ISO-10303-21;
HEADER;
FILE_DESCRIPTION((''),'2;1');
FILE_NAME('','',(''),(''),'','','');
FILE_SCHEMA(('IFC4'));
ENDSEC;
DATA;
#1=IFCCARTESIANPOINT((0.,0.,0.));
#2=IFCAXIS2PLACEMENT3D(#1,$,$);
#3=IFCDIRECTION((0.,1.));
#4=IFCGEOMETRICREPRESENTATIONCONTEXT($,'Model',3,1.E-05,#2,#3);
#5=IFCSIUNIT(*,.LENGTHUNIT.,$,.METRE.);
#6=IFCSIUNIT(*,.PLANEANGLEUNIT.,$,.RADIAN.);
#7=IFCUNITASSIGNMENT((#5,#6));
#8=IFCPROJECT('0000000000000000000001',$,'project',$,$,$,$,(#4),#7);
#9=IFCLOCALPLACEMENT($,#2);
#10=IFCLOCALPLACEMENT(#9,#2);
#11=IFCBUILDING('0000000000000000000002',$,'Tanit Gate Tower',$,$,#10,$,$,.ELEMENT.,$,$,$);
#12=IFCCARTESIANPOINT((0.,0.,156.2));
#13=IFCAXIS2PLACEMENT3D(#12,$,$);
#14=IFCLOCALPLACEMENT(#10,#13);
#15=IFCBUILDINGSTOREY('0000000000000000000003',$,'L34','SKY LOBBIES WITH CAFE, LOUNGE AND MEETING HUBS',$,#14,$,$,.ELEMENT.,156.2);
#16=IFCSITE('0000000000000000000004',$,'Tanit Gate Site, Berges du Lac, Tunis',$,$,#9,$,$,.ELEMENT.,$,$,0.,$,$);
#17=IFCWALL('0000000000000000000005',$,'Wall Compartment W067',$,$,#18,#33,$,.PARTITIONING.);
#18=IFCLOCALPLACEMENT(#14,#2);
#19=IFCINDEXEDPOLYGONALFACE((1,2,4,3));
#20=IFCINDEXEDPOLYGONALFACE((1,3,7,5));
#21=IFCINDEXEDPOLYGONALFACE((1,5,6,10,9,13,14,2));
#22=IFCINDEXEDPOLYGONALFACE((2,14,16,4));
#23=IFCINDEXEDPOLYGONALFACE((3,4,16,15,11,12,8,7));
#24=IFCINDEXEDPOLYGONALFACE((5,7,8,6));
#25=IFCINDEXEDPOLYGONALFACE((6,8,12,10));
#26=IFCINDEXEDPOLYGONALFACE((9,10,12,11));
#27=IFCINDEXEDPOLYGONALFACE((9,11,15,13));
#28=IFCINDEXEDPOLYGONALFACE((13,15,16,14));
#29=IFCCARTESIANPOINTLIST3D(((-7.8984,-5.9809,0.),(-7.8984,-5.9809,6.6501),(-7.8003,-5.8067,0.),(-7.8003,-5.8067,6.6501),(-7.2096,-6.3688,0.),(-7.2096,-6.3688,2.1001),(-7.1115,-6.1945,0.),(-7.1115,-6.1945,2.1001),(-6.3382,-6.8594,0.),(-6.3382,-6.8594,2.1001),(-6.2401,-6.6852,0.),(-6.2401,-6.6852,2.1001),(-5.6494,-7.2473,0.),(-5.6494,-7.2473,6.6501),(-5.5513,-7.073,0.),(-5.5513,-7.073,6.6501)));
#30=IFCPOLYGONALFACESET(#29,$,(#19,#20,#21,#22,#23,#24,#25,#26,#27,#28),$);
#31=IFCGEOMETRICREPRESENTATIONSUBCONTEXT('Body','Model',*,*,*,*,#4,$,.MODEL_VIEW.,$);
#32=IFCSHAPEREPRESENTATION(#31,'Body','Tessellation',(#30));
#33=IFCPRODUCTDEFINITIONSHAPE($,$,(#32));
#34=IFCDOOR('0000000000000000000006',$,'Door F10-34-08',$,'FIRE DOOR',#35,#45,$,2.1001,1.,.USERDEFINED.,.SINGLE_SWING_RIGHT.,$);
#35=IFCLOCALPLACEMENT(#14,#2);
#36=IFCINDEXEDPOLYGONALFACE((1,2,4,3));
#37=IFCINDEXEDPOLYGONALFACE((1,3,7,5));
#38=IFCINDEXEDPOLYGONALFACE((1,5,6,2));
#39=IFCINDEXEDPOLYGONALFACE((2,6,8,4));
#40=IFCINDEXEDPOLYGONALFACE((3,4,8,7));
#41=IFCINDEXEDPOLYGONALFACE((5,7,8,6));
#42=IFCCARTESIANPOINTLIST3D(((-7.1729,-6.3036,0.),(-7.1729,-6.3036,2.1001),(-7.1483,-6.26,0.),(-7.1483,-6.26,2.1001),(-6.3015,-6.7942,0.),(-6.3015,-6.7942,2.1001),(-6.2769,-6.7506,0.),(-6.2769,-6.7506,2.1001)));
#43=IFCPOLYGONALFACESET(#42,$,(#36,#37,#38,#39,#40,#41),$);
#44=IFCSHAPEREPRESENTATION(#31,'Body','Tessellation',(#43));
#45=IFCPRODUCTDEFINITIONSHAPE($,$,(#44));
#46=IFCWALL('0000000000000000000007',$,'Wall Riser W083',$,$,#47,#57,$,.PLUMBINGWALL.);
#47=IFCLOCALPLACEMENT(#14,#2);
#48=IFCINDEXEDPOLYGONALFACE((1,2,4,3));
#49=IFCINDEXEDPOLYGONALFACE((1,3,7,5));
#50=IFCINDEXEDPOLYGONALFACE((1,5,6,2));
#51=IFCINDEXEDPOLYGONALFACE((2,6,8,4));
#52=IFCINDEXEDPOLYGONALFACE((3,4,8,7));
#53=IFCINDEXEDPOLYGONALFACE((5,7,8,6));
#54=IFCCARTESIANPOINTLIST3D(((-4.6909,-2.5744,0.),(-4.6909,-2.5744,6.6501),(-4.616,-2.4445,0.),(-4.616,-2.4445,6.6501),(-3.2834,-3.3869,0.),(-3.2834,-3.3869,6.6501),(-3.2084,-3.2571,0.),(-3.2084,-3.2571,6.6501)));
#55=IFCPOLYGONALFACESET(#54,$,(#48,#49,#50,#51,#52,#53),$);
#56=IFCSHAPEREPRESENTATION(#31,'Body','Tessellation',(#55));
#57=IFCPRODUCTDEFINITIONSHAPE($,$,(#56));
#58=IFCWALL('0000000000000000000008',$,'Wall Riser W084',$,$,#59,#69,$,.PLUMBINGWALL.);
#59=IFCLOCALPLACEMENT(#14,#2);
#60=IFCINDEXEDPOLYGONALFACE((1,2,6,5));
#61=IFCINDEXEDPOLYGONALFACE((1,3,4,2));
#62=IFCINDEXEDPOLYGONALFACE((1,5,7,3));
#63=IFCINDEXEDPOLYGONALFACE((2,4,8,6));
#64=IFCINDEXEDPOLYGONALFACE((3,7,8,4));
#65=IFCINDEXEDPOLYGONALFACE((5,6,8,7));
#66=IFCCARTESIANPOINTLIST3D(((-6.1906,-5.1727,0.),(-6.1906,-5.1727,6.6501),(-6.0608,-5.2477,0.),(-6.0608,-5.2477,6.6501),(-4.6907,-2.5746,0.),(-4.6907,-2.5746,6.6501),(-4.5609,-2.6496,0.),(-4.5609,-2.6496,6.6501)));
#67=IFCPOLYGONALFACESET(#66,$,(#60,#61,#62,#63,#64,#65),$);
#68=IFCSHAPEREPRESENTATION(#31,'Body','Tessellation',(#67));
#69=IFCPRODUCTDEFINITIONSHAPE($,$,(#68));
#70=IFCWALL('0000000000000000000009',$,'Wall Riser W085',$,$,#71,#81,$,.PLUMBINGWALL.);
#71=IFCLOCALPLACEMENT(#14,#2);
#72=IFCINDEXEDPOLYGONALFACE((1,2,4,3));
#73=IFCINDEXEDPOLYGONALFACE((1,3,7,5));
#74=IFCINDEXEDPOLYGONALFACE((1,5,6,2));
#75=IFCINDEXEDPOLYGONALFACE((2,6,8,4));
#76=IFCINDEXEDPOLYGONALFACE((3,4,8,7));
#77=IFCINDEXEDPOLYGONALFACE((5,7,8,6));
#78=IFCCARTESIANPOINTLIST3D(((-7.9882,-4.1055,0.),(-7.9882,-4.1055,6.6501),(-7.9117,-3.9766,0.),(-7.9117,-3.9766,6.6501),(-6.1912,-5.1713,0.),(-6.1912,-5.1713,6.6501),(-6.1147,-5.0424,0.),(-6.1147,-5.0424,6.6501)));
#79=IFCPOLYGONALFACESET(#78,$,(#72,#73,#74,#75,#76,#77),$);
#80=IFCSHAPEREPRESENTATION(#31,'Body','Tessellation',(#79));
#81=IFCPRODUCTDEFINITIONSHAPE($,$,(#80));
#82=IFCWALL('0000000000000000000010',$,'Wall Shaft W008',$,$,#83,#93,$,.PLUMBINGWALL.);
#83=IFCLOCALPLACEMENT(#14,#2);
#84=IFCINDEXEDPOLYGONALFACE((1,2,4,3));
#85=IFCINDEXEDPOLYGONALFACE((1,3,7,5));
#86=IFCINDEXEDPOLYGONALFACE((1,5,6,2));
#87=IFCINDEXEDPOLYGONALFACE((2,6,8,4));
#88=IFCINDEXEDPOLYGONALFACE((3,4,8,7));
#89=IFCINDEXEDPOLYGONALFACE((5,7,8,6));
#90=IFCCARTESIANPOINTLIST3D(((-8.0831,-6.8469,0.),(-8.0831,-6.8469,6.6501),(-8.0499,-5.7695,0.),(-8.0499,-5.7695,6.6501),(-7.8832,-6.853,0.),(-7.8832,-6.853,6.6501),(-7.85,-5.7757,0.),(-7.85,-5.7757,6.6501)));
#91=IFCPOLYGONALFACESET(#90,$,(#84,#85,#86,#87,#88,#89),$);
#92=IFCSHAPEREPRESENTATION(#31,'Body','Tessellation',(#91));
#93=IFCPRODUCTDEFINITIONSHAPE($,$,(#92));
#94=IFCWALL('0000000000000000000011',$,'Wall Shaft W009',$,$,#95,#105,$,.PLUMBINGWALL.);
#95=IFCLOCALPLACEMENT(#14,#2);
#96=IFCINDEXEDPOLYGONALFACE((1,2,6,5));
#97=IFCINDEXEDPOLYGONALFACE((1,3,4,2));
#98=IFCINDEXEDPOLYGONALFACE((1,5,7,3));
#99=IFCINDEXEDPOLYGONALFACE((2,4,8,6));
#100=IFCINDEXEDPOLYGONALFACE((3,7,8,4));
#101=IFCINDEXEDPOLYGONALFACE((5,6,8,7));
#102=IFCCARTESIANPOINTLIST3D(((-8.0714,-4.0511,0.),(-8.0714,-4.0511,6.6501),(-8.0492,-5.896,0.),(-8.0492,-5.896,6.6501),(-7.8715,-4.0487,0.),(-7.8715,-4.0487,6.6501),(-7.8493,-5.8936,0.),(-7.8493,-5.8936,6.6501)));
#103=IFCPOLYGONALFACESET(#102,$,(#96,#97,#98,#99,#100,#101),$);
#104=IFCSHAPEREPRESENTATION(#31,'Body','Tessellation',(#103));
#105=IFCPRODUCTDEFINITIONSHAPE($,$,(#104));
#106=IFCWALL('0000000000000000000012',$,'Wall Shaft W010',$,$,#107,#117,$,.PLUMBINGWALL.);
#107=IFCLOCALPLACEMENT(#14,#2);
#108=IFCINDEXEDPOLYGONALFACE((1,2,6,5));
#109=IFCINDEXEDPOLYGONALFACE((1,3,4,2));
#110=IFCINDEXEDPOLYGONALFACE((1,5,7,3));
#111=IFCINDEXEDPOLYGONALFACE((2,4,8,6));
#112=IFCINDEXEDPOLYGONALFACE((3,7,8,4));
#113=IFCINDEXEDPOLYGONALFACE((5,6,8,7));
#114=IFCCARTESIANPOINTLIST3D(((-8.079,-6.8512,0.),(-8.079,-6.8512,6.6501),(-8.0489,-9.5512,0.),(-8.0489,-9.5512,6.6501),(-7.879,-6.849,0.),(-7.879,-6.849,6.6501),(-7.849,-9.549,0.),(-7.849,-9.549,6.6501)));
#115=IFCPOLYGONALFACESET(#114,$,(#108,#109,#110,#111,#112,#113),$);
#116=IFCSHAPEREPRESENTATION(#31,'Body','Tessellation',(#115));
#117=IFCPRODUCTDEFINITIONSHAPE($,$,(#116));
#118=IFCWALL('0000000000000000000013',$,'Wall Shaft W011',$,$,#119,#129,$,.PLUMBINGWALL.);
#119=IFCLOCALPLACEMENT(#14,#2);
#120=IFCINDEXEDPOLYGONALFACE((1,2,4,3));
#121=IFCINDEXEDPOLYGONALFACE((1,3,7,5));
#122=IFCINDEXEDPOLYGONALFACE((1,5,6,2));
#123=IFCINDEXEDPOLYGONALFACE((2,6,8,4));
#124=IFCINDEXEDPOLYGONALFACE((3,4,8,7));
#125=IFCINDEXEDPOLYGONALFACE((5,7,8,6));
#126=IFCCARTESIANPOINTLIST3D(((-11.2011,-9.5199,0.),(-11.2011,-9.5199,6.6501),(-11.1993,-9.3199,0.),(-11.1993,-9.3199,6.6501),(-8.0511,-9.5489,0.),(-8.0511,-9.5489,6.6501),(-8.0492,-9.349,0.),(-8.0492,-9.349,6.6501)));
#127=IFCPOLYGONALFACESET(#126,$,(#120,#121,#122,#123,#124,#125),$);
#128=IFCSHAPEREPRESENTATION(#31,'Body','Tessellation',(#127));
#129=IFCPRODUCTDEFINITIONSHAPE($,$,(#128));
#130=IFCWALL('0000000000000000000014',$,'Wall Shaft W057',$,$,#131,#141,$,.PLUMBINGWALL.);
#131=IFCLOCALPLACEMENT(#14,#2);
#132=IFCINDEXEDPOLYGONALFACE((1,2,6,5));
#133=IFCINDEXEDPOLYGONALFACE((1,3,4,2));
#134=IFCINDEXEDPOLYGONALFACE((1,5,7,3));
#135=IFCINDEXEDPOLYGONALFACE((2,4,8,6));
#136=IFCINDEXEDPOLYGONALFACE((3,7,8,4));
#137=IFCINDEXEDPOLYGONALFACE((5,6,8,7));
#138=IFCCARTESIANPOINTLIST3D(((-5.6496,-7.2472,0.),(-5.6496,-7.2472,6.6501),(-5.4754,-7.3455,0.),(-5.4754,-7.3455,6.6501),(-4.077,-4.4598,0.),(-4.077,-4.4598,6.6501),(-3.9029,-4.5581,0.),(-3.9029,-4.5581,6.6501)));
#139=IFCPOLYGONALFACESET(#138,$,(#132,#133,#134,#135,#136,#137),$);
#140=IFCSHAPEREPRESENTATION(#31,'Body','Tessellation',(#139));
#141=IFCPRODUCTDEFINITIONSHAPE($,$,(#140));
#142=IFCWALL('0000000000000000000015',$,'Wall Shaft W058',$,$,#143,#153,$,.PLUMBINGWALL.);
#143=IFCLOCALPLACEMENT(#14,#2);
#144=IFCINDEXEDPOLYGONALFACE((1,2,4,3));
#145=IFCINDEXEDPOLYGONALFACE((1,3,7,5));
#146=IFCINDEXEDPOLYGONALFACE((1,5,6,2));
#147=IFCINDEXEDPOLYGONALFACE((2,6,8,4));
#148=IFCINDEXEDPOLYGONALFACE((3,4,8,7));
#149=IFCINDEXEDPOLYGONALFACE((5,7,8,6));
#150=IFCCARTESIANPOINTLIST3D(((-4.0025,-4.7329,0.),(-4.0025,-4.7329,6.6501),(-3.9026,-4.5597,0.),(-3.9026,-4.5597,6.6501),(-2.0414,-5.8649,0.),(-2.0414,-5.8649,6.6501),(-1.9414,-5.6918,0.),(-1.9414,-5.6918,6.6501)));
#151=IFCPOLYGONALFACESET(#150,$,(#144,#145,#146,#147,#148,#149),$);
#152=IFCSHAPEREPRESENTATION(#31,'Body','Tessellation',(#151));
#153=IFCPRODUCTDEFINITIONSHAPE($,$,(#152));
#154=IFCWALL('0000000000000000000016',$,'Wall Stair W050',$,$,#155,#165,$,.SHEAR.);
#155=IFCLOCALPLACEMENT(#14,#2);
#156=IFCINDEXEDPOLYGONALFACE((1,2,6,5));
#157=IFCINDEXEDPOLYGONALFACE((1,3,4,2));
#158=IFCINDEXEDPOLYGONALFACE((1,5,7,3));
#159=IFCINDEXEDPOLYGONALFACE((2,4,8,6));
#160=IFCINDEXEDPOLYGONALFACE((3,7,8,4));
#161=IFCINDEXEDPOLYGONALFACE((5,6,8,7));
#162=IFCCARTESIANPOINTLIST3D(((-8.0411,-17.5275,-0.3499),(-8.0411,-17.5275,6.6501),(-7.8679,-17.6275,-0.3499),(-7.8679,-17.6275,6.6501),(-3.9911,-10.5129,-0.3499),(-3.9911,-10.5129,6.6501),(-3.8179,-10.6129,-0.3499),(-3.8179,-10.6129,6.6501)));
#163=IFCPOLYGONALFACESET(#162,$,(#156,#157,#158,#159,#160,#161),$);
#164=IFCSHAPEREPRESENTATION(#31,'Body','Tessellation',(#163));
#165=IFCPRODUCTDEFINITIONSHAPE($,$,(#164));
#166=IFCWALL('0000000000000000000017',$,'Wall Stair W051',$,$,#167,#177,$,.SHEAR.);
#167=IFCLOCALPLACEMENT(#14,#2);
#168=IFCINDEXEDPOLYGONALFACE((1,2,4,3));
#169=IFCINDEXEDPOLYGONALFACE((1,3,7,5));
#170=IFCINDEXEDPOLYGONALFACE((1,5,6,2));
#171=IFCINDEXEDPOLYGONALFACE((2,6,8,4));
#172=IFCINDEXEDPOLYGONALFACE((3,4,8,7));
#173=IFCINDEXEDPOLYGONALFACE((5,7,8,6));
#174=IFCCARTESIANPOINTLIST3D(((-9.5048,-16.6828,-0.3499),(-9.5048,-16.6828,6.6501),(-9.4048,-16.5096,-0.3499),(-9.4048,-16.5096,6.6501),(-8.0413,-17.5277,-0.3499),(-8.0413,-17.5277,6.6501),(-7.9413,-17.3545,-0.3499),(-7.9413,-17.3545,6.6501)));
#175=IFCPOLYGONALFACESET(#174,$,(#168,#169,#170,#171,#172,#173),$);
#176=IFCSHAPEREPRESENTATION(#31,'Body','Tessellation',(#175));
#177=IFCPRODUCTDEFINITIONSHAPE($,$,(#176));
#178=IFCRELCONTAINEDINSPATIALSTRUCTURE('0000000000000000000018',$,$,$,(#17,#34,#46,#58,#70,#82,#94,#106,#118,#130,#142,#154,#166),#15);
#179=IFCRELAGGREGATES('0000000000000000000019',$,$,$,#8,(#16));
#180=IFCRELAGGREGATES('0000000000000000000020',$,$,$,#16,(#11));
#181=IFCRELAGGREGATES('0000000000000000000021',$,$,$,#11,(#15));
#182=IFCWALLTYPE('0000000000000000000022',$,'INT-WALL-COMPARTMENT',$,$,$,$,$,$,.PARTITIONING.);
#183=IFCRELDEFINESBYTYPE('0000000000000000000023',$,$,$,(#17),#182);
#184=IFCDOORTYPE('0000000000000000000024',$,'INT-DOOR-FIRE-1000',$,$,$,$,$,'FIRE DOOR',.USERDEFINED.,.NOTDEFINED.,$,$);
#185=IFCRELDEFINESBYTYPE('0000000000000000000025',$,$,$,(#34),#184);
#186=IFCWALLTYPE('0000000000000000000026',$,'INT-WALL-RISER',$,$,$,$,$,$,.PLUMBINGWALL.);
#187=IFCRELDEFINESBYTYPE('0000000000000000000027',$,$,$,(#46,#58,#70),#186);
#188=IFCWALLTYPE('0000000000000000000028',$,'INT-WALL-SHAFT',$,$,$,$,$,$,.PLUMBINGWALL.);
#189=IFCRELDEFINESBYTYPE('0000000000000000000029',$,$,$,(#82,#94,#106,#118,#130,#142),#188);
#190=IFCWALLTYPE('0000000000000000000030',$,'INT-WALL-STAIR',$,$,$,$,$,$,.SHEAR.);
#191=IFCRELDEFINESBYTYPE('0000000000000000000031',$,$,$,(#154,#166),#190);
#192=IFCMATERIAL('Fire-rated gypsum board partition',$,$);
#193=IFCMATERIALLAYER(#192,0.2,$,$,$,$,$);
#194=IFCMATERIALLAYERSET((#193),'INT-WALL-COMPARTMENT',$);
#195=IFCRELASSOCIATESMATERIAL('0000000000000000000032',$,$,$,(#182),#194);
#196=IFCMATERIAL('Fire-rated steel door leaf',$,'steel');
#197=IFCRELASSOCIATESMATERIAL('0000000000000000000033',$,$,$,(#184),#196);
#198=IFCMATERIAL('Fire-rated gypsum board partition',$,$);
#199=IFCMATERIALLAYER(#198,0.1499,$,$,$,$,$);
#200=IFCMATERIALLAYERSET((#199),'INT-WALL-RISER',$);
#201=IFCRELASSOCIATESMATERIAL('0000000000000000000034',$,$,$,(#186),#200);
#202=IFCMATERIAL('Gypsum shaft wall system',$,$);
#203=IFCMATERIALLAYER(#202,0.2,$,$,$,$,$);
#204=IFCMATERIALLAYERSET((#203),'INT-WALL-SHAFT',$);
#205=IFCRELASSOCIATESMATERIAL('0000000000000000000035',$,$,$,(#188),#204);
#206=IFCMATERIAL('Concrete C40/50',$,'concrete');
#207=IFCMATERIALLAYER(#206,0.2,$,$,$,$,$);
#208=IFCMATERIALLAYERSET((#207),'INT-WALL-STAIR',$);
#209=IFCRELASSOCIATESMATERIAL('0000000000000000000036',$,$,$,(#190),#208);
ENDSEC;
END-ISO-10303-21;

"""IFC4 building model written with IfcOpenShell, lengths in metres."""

from ifc_helpers import new_model, si_unit, direction, frame, frame_2d, origin, place, context, subcontext, project, spatial, rectangle, extrude, material, layer, layer_set, type_object, element, fill, save


model = new_model("IFC4")

# Units and contexts
model_context = context("Model", 3, precision=1e-05, world=origin(), true_north=direction((0.0, 1.0)))
body_context = subcontext(model_context, "Body", "Model", "MODEL_VIEW")
ifc_project = project(units=[si_unit("LENGTHUNIT", "METRE"), si_unit("PLANEANGLEUNIT", "RADIAN")], contexts=[model_context])

# Site, building, storey
site_placement = place(None, origin())
site = spatial("IfcSite", under=ifc_project, at=site_placement, Name="Tanit Gate Site, Berges du Lac, Tunis", CompositionType="ELEMENT", RefElevation=0.0)
building_placement = place(site_placement, origin())
building = spatial("IfcBuilding", under=site, at=building_placement, Name="Tanit Gate Tower", CompositionType="ELEMENT")
storey_placement = place(building_placement, frame((0.0, 0.0, 156.2)))
storey = spatial("IfcBuildingStorey", under=building, at=storey_placement, Name="L34", Description="SKY LOBBIES WITH CAFE, LOUNGE AND MEETING HUBS", CompositionType="ELEMENT", Elevation=156.2)

# Wall, opening, door
ifc_material_1 = material(Name="Fire-rated gypsum board partition")
ifc_layer_1 = layer(ifc_material_1, 0.2)
ifc_layer_set_1 = layer_set([ifc_layer_1], Name="INT-WALL-COMPARTMENT")
wall_type_1 = type_object("IfcWallType", Name="INT-WALL-COMPARTMENT", PredefinedType="PARTITIONING", material=ifc_layer_set_1)
wall_1_placement = place(storey_placement, frame((-7.8494, -5.8938, 0.0), z_axis=(0.0, 0.0, 1.0), x_axis=(0.871363, -0.490638, 0.0)))
wall_1 = element("IfcWall", 1, at=wall_1_placement, inside=storey, type_object=wall_type_1, Name="Wall Compartment W067", PredefinedType="PARTITIONING", context=body_context, shape_type="SweptSolid", body=[
    extrude(rectangle(XDim=2.5811, YDim=0.2, at=frame_2d((1.2905, 0.0))), origin(), (0.0, 0.0, 1.0), 6.6501),
])
opening_1_placement = place(wall_1_placement, frame((0.7905, 0.0, 0.0)))
opening_1 = element("IfcOpeningElement", 2, at=opening_1_placement, cuts=wall_1, PredefinedType="OPENING", context=body_context, shape_type="SweptSolid", body=[
    extrude(rectangle(XDim=1.0, YDim=2.1001, at=frame_2d((0.5, 1.05))), frame((0.0, 0.1099, 0.0), z_axis=(0.0, -1.0, 0.0), x_axis=(1.0, 0.0, 0.0)), (0.0, 0.0, 1.0), 0.22),
])
ifc_material_2 = material(Name="Fire-rated steel door leaf", Category="steel")
door_type_1 = type_object("IfcDoorType", Name="INT-DOOR-FIRE-1000", ElementType="FIRE DOOR", OperationType="NOTDEFINED", PredefinedType="USERDEFINED", material=ifc_material_2)
door_1_placement = place(opening_1_placement, origin())
door_1 = element("IfcDoor", 3, at=door_1_placement, inside=storey, type_object=door_type_1, Name="Door F10-34-08", ObjectType="FIRE DOOR", OperationType="SINGLE_SWING_RIGHT", OverallHeight=2.1001, OverallWidth=1.0, PredefinedType="USERDEFINED", context=body_context, shape_type="SweptSolid", body=[
    extrude(rectangle(XDim=1.0, YDim=2.1001, at=frame_2d((0.5, 1.05))), frame((0.0, 0.0249, 0.0), z_axis=(0.0, -1.0, 0.0), x_axis=(1.0, 0.0, 0.0)), (0.0, 0.0, 1.0), 0.05),
])
fill(opening_1, door_1)

# Walls
ifc_material_3 = material(Name="Fire-rated gypsum board partition")
ifc_layer_2 = layer(ifc_material_3, 0.1499)
ifc_layer_set_2 = layer_set([ifc_layer_2], Name="INT-WALL-RISER")
wall_type_2 = type_object("IfcWallType", Name="INT-WALL-RISER", PredefinedType="PLUMBINGWALL", material=ifc_layer_set_2)
wall_2_placement = place(storey_placement, frame((-4.6533, -2.5095, 0.0), z_axis=(0.0, 0.0, 1.0), x_axis=(0.866053, -0.499952, 0.0)))
element("IfcWall", 4, at=wall_2_placement, inside=storey, type_object=wall_type_2, Name="Wall Riser W083", PredefinedType="PLUMBINGWALL", context=body_context, shape_type="SweptSolid", body=[
    extrude(rectangle(XDim=1.6252, YDim=0.1499, at=frame_2d((0.8125, 0.0))), origin(), (0.0, 0.0, 1.0), 6.6501),
])
wall_3_placement = place(storey_placement, frame((-6.1257, -5.2102, 0.0), z_axis=(0.0, 0.0, 1.0), x_axis=(0.49999, 0.866031, 0.0)))
element("IfcWall", 5, at=wall_3_placement, inside=storey, type_object=wall_type_2, Name="Wall Riser W084", PredefinedType="PLUMBINGWALL", context=body_context, shape_type="SweptSolid", body=[
    extrude(rectangle(XDim=3.0, YDim=0.1499, at=frame_2d((1.5, 0.0))), origin(), (0.0, 0.0, 1.0), 6.6501),
])
wall_4_placement = place(storey_placement, frame((-7.95, -4.041, 0.0), z_axis=(0.0, 0.0, 1.0), x_axis=(0.86009, -0.510142, 0.0)))
element("IfcWall", 6, at=wall_4_placement, inside=storey, type_object=wall_type_2, Name="Wall Riser W085", PredefinedType="PLUMBINGWALL", context=body_context, shape_type="SweptSolid", body=[
    extrude(rectangle(XDim=2.0894, YDim=0.1499, at=frame_2d((1.0447, 0.0))), origin(), (0.0, 0.0, 1.0), 6.6501),
])
ifc_material_4 = material(Name="Gypsum shaft wall system")
ifc_layer_3 = layer(ifc_material_4, 0.2)
ifc_layer_set_3 = layer_set([ifc_layer_3], Name="INT-WALL-SHAFT")
wall_type_3 = type_object("IfcWallType", Name="INT-WALL-SHAFT", PredefinedType="PLUMBINGWALL", material=ifc_layer_set_3)
wall_5_placement = place(storey_placement, frame((-7.95, -5.7725, 0.0), z_axis=(0.0, 0.0, 1.0), x_axis=(-0.030803, -0.999525, 0.0)))
element("IfcWall", 7, at=wall_5_placement, inside=storey, type_object=wall_type_3, Name="Wall Shaft W008", PredefinedType="PLUMBINGWALL", context=body_context, shape_type="SweptSolid", body=[
    extrude(rectangle(XDim=1.0779, YDim=0.2, at=frame_2d((0.5391, 0.0))), origin(), (0.0, 0.0, 1.0), 6.6501),
])
wall_6_placement = place(storey_placement, frame((-7.9714, -4.05, 0.0), z_axis=(0.0, 0.0, 1.0), x_axis=(0.012043, -0.999927, 0.0)))
element("IfcWall", 8, at=wall_6_placement, inside=storey, type_object=wall_type_3, Name="Wall Shaft W009", PredefinedType="PLUMBINGWALL", context=body_context, shape_type="SweptSolid", body=[
    extrude(rectangle(XDim=1.845, YDim=0.2, at=frame_2d((0.9224, 0.0))), origin(), (0.0, 0.0, 1.0), 6.6501),
])
wall_7_placement = place(storey_placement, frame((-7.979, -6.8501, 0.0), z_axis=(0.0, 0.0, 1.0), x_axis=(0.011121, -0.999938, 0.0)))
element("IfcWall", 9, at=wall_7_placement, inside=storey, type_object=wall_type_3, Name="Wall Shaft W010", PredefinedType="PLUMBINGWALL", context=body_context, shape_type="SweptSolid", body=[
    extrude(rectangle(XDim=2.7002, YDim=0.2, at=frame_2d((1.3501, 0.0))), origin(), (0.0, 0.0, 1.0), 6.6501),
])
wall_8_placement = place(storey_placement, frame((-8.05, -9.449, 0.0), z_axis=(0.0, 0.0, 1.0), x_axis=(-0.999957, 0.009223, 0.0)))
element("IfcWall", 10, at=wall_8_placement, inside=storey, type_object=wall_type_3, Name="Wall Shaft W011", PredefinedType="PLUMBINGWALL", context=body_context, shape_type="SweptSolid", body=[
    extrude(rectangle(XDim=3.1501, YDim=0.2, at=frame_2d((1.5752, 0.0))), origin(), (0.0, 0.0, 1.0), 6.6501),
])

# Walls
wall_9_placement = place(storey_placement, frame((-3.99, -4.509, 0.0), z_axis=(0.0, 0.0, 1.0), x_axis=(-0.491358, -0.870958, 0.0)))
element("IfcWall", 11, at=wall_9_placement, inside=storey, type_object=wall_type_3, Name="Wall Shaft W057", PredefinedType="PLUMBINGWALL", context=body_context, shape_type="SweptSolid", body=[
    extrude(rectangle(XDim=3.2004, YDim=0.2, at=frame_2d((1.6001, 0.0))), origin(), (0.0, 0.0, 1.0), 6.6501),
])
wall_10_placement = place(storey_placement, frame((-3.9526, -4.6462, 0.0), z_axis=(0.0, 0.0, 1.0), x_axis=(0.866065, -0.499931, 0.0)))
element("IfcWall", 12, at=wall_10_placement, inside=storey, type_object=wall_type_3, Name="Wall Shaft W058", PredefinedType="PLUMBINGWALL", context=body_context, shape_type="SweptSolid", body=[
    extrude(rectangle(XDim=2.2644, YDim=0.2, at=frame_2d((1.1323, 0.0))), origin(), (0.0, 0.0, 1.0), 6.6501),
])
ifc_material_5 = material(Name="Concrete C40/50", Category="concrete")
ifc_layer_4 = layer(ifc_material_5, 0.2)
ifc_layer_set_4 = layer_set([ifc_layer_4], Name="INT-WALL-STAIR")
wall_type_4 = type_object("IfcWallType", Name="INT-WALL-STAIR", PredefinedType="SHEAR", material=ifc_layer_set_4)
wall_11_placement = place(storey_placement, frame((-3.9045, -10.563, -0.3499), z_axis=(0.0, 0.0, 1.0), x_axis=(-0.500013, -0.866018, 0.0)))
element("IfcWall", 13, at=wall_11_placement, inside=storey, type_object=wall_type_4, Name="Wall Stair W050", PredefinedType="SHEAR", context=body_context, shape_type="SweptSolid", body=[
    extrude(rectangle(XDim=8.0999, YDim=0.2, at=frame_2d((4.0498, 0.0))), origin(), (0.0, 0.0, 1.0), 7.0),
])
wall_12_placement = place(storey_placement, frame((-9.4548, -16.5962, -0.3499), z_axis=(0.0, 0.0, 1.0), x_axis=(0.866039, -0.499977, 0.0)))
element("IfcWall", 14, at=wall_12_placement, inside=storey, type_object=wall_type_4, Name="Wall Stair W051", PredefinedType="SHEAR", context=body_context, shape_type="SweptSolid", body=[
    extrude(rectangle(XDim=1.6899, YDim=0.2, at=frame_2d((0.845, 0.0))), origin(), (0.0, 0.0, 1.0), 7.0),
])

save(model, "model.ifc")
